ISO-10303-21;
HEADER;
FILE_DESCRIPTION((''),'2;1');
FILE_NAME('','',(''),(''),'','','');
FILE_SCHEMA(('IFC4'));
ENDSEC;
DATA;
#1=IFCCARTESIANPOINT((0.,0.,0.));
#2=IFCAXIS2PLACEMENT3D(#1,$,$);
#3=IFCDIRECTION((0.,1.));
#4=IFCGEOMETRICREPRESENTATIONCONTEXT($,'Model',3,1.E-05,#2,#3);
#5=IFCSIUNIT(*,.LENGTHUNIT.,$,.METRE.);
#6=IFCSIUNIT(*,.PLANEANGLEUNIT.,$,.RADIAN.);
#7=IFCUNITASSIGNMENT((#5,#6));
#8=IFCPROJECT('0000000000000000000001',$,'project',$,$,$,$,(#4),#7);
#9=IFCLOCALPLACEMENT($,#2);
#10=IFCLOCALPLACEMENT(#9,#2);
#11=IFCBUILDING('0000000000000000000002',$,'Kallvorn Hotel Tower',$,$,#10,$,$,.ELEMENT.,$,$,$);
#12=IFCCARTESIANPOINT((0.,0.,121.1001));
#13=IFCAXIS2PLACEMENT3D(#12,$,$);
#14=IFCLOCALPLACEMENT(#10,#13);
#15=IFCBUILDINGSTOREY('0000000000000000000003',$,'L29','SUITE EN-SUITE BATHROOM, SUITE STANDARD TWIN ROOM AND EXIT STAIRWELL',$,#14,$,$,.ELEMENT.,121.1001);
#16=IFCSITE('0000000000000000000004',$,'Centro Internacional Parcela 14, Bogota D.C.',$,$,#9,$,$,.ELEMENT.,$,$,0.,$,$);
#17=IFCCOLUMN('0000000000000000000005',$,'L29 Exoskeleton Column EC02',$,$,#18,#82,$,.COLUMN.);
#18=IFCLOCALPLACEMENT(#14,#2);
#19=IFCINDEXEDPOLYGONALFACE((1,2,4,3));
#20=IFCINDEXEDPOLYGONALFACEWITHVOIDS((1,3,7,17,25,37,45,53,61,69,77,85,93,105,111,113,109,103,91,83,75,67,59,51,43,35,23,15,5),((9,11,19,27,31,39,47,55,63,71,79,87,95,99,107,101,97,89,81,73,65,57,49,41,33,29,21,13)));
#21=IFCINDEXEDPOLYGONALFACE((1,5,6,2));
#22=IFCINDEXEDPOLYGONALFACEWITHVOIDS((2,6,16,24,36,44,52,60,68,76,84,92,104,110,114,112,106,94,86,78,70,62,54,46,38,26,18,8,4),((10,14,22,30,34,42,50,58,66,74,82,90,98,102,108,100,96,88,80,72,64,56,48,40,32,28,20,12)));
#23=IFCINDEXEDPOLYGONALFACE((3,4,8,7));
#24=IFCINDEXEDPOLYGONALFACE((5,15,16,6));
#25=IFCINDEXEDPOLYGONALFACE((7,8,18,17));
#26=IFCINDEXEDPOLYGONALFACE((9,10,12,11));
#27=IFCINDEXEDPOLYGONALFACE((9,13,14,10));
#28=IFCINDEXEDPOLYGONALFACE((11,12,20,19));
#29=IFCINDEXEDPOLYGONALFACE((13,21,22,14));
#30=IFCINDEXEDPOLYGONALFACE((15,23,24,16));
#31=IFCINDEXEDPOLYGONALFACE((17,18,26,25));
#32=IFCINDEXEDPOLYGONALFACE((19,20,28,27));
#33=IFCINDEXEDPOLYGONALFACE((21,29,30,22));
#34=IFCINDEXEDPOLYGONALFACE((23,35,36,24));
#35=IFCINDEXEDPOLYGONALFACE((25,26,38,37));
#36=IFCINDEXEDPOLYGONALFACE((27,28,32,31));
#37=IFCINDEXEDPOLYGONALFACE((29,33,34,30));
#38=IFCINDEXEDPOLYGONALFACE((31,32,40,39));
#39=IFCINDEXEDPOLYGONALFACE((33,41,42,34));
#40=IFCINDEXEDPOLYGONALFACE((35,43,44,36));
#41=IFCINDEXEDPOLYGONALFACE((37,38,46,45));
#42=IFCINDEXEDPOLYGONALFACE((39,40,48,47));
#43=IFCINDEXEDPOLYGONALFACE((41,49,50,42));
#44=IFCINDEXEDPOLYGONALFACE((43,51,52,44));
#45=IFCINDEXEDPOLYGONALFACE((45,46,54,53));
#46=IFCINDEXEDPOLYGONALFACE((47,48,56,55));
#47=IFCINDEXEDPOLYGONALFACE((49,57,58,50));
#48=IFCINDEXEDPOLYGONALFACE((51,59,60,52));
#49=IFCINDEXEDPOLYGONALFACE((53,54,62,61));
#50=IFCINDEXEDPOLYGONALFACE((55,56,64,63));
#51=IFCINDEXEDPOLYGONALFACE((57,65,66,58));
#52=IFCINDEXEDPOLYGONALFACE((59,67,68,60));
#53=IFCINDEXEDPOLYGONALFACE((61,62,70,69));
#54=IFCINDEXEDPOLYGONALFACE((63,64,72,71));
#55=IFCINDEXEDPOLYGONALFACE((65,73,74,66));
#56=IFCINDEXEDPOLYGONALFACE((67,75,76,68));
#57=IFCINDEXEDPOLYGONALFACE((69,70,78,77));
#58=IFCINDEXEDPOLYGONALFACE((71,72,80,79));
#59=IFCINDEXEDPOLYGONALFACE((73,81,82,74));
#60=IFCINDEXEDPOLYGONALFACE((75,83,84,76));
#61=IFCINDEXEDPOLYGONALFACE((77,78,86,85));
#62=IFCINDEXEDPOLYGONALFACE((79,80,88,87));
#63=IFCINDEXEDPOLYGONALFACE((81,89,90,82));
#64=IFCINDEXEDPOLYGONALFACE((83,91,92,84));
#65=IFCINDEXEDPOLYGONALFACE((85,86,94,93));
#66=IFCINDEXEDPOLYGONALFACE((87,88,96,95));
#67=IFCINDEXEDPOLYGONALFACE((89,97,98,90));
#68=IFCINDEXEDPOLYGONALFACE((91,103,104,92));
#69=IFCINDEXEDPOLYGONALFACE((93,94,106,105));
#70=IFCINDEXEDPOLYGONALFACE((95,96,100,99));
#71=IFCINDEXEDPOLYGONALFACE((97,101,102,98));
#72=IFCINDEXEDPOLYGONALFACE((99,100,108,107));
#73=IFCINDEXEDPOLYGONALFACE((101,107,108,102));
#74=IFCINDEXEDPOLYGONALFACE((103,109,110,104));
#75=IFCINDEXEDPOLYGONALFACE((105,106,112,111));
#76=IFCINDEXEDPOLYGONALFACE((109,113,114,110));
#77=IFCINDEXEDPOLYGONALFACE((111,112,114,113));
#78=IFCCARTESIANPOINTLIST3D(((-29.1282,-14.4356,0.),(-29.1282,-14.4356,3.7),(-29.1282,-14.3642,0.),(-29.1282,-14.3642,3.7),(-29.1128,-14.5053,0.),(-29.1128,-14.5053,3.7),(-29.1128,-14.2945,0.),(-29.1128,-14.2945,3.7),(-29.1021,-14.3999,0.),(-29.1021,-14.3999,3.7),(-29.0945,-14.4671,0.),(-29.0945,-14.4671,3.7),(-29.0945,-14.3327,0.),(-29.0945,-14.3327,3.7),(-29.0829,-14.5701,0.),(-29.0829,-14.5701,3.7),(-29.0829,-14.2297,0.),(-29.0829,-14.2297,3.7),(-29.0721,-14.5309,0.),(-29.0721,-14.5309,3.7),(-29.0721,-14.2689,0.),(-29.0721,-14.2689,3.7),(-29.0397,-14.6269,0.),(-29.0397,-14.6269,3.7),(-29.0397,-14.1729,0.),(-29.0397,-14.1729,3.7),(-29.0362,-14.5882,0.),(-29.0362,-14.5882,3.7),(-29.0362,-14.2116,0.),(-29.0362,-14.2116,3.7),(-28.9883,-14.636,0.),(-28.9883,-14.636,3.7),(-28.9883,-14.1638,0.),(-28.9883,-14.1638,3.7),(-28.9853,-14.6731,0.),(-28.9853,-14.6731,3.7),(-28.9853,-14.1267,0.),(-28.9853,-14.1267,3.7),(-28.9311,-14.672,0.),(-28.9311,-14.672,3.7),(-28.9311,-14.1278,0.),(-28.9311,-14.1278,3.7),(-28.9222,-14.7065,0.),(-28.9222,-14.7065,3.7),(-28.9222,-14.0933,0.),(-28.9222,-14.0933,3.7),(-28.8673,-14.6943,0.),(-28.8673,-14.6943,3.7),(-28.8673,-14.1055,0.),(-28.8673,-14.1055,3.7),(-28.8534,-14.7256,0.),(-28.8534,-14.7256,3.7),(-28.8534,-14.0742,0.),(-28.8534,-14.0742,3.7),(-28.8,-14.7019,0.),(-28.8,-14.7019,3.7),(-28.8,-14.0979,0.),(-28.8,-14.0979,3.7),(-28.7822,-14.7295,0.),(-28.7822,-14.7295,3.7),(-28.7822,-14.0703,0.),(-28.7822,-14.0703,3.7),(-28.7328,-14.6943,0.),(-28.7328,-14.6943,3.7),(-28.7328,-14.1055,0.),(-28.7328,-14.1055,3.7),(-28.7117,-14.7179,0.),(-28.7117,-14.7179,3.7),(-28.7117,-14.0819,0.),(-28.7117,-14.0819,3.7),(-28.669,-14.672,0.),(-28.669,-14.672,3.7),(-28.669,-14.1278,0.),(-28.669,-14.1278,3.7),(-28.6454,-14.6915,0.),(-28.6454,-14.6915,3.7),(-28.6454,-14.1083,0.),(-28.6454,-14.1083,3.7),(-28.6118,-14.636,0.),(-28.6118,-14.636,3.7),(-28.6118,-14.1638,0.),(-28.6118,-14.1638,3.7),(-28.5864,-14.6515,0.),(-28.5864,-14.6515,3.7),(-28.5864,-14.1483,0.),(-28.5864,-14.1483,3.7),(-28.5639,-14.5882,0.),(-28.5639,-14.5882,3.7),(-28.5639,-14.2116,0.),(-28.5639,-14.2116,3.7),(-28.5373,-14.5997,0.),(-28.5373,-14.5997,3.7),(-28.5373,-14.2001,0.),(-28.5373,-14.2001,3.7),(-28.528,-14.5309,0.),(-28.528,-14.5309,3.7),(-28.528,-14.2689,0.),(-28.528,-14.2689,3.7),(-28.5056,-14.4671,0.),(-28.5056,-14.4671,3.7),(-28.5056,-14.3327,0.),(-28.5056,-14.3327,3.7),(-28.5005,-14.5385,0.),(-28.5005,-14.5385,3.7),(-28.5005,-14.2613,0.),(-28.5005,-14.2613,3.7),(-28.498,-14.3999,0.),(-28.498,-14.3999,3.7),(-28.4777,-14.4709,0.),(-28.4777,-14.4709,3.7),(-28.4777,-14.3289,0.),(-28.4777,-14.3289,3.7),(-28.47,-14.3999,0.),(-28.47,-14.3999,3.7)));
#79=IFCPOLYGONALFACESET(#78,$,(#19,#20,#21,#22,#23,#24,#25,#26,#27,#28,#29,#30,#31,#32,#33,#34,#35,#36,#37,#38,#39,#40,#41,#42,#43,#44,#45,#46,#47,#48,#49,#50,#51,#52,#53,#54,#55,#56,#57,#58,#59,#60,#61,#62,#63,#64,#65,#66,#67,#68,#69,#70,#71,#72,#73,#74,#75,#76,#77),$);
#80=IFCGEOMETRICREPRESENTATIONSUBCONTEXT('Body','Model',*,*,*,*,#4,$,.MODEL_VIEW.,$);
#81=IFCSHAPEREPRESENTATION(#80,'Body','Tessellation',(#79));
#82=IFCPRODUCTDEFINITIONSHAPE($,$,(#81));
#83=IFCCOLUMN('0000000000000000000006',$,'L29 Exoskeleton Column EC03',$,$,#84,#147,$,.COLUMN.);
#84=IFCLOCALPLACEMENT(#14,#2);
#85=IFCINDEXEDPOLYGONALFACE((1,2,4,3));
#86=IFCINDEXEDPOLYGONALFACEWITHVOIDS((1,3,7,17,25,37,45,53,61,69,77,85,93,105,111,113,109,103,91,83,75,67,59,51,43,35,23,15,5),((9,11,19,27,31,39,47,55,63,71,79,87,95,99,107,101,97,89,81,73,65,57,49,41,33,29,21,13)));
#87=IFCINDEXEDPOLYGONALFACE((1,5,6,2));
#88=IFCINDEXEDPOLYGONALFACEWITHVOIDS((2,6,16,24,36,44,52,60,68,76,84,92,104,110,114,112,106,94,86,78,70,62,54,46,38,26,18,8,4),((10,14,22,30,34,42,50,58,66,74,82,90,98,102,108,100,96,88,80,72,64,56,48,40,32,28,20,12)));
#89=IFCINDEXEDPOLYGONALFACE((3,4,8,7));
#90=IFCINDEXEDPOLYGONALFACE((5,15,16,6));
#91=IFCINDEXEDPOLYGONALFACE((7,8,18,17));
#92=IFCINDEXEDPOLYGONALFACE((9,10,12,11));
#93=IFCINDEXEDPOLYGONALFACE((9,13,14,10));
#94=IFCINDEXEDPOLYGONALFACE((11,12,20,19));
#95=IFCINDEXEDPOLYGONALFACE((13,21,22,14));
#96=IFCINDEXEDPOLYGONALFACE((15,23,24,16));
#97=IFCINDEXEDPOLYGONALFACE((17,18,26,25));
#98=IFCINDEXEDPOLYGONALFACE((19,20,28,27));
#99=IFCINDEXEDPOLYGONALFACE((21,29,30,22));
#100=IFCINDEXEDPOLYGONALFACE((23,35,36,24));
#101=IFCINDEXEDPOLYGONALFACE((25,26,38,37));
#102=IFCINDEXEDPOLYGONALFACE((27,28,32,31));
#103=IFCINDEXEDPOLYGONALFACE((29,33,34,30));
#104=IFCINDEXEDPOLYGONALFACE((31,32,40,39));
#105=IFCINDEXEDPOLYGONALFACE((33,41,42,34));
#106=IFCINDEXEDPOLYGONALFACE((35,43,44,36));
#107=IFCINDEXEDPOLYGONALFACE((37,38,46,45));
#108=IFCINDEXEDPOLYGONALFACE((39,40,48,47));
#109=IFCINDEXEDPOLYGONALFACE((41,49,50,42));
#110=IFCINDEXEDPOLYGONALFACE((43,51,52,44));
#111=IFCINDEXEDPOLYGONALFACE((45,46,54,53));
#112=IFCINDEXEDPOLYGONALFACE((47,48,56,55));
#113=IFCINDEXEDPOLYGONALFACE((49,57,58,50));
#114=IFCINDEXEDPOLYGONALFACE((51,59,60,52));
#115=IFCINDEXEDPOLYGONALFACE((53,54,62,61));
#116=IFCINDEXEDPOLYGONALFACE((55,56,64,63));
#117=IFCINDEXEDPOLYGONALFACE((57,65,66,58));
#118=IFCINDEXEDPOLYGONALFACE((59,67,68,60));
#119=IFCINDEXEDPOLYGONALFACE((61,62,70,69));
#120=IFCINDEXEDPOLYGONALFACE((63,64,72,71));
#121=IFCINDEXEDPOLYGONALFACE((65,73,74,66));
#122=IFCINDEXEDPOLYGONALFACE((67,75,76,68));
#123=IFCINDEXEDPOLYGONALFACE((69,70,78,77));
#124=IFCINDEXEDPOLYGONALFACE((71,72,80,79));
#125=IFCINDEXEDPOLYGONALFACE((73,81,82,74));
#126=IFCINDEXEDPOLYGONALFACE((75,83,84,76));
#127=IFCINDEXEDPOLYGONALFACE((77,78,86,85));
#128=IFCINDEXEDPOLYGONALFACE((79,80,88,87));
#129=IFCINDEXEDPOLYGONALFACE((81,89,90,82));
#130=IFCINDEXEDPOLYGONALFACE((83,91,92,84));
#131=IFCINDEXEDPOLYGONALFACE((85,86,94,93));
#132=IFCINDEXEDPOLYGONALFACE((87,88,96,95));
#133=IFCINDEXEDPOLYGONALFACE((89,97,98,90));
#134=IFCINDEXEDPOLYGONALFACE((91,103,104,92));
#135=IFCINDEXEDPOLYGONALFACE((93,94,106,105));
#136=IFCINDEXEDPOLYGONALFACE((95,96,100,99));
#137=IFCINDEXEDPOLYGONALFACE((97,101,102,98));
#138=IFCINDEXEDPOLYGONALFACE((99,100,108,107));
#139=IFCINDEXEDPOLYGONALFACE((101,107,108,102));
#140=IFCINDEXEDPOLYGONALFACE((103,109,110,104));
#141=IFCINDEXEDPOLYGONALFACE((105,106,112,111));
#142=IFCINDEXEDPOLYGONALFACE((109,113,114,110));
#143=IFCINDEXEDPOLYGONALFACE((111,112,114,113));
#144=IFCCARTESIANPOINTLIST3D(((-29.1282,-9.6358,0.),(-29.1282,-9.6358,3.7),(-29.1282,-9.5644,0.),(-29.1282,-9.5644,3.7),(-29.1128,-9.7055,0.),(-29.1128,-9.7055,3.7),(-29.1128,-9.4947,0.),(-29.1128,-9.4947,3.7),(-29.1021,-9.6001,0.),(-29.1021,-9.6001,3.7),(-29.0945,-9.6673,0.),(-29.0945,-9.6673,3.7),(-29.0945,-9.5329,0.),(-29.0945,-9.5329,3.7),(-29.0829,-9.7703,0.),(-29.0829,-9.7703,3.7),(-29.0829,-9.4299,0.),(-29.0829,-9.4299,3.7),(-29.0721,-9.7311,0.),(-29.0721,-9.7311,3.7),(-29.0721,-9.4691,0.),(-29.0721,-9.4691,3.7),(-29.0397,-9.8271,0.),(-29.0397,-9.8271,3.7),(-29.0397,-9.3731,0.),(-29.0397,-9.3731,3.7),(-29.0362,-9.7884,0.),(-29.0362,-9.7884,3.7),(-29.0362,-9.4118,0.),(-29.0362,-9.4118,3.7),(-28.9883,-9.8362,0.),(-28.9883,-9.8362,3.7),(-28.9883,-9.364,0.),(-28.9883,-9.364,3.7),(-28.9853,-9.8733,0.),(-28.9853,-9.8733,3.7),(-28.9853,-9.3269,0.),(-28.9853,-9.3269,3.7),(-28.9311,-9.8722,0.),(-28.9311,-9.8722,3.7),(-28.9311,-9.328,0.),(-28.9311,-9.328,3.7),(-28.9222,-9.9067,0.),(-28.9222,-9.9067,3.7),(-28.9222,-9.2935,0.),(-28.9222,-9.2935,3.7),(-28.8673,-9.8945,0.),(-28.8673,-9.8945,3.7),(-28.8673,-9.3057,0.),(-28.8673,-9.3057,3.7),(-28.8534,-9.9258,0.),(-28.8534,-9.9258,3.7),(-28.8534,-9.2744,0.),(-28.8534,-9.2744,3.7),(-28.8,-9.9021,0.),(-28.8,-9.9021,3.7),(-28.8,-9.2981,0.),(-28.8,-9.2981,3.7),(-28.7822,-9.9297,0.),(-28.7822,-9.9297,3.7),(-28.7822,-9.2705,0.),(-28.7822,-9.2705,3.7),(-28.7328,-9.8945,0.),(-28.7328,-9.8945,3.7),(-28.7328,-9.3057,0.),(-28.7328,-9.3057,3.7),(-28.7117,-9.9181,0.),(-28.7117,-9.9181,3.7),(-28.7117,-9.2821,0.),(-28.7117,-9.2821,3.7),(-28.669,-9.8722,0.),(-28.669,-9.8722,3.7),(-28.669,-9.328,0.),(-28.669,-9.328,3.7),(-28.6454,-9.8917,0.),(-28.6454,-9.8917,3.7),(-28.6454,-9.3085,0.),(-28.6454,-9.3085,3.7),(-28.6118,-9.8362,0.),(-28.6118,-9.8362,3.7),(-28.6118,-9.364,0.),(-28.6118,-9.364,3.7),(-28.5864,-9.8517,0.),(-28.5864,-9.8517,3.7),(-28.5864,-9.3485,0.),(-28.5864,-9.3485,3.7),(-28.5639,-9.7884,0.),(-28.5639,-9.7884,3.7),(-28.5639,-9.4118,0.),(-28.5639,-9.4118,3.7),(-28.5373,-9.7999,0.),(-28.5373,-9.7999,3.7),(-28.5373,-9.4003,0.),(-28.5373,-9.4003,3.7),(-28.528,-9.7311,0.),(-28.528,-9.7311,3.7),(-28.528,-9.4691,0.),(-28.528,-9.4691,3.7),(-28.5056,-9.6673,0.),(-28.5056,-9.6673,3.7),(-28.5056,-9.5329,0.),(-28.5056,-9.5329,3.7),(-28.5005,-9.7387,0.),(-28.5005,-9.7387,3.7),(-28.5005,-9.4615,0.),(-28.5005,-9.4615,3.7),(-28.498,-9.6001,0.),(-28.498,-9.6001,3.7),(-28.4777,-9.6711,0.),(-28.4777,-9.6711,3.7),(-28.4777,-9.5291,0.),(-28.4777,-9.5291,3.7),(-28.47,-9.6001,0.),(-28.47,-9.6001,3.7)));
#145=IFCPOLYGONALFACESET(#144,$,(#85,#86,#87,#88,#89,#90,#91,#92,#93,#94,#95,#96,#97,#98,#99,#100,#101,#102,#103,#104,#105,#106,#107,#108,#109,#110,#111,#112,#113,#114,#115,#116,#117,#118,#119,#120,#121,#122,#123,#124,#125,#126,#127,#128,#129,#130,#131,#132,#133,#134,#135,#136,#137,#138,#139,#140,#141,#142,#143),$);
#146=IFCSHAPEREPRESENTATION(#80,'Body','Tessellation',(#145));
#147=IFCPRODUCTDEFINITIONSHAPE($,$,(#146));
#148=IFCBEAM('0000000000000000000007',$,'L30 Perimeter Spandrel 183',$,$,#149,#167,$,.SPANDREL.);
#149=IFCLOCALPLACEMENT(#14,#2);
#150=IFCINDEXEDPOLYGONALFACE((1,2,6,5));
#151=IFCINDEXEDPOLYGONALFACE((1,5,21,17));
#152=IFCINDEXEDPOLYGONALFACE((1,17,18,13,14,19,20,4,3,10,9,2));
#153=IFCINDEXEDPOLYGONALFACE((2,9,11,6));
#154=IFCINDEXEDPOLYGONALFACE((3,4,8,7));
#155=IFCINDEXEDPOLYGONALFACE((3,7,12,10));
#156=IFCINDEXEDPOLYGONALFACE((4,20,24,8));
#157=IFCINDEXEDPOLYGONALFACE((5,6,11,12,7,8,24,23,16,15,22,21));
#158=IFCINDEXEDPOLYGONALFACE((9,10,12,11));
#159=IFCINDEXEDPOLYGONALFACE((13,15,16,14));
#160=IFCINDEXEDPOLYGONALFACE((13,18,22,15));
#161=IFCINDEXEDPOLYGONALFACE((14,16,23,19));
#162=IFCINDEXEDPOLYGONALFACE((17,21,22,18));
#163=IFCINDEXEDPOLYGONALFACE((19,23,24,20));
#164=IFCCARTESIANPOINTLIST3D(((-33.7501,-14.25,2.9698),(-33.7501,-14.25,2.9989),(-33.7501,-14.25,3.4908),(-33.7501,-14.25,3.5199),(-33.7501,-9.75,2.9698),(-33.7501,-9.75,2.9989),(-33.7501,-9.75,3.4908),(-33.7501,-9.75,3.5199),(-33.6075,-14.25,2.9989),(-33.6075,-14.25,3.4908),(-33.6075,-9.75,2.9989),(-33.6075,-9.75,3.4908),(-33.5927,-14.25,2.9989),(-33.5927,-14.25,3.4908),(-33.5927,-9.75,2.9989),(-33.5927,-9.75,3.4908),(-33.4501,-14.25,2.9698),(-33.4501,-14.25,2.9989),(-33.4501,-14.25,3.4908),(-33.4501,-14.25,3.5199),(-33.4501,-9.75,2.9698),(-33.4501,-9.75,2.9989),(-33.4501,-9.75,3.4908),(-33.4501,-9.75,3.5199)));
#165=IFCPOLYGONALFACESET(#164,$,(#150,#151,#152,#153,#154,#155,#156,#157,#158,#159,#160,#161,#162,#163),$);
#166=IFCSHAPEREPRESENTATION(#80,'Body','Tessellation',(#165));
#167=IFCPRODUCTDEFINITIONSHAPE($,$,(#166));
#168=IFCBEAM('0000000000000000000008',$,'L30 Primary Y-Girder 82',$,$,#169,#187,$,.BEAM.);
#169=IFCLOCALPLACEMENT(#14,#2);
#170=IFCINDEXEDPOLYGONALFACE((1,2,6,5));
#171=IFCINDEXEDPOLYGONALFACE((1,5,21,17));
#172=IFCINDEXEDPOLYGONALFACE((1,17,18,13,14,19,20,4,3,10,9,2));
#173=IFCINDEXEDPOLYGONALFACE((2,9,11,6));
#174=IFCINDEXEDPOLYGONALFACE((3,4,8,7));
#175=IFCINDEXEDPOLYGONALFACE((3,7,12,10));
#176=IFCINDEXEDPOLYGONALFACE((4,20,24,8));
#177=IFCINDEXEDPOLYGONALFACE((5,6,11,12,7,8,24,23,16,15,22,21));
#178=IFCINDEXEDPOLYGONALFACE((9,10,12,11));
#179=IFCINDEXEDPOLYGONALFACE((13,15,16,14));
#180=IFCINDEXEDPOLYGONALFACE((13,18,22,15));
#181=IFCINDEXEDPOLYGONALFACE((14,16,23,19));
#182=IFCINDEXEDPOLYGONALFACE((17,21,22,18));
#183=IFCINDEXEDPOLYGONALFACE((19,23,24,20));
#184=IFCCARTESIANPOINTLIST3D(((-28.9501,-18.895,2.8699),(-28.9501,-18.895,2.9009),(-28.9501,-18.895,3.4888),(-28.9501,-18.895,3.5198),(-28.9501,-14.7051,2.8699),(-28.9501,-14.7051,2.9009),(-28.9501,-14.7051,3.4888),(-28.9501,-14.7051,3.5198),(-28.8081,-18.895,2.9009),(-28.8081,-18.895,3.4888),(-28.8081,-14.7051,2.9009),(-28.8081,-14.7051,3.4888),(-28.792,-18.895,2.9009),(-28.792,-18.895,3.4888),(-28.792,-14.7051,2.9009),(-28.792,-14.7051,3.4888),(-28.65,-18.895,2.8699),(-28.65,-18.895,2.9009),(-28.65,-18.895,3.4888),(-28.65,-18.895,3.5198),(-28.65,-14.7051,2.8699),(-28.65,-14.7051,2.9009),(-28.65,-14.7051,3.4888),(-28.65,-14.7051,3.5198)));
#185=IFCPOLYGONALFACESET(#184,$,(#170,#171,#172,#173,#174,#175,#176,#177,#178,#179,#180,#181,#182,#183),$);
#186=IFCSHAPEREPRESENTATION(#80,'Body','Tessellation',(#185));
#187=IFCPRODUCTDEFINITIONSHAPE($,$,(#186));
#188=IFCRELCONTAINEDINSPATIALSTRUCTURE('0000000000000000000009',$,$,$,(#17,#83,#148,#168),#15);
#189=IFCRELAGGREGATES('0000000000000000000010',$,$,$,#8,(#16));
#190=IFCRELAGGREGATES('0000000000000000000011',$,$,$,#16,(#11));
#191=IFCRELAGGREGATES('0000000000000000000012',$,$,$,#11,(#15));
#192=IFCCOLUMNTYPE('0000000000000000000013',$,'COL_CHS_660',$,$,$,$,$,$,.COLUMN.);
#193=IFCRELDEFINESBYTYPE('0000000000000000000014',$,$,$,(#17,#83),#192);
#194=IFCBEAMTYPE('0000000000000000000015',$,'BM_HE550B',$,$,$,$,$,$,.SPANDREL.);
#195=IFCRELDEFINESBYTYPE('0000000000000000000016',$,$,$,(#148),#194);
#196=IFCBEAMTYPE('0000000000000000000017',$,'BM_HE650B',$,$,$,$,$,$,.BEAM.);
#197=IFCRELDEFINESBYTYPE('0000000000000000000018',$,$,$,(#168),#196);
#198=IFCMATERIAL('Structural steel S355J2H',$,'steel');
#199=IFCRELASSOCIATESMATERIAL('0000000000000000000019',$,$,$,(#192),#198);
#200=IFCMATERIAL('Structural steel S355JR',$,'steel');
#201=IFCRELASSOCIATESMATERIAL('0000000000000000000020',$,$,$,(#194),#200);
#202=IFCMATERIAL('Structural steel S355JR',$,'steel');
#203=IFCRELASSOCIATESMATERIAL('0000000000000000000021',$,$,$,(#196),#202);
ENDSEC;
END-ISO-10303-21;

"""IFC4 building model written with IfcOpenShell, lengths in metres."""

from ifc_helpers import new_model, si_unit, direction, frame, origin, origin_2d, place, context, subcontext, project, spatial, hollow_circle, i_section, extrude, material, material_profile, profile_set, type_object, element, save


model = new_model("IFC4")

# Units and contexts
model_context = context("Model", 3, precision=1e-05, world=origin(), true_north=direction((0.0, 1.0)))
body_context = subcontext(model_context, "Body", "Model", "MODEL_VIEW")
ifc_project = project(units=[si_unit("LENGTHUNIT", "METRE"), si_unit("PLANEANGLEUNIT", "RADIAN")], contexts=[model_context])

# Site, building, storey
site_placement = place(None, origin())
site = spatial("IfcSite", under=ifc_project, at=site_placement, Name="Centro Internacional Parcela 14, Bogota D.C.", CompositionType="ELEMENT", RefElevation=0.0)
building_placement = place(site_placement, origin())
building = spatial("IfcBuilding", under=site, at=building_placement, Name="Kallvorn Hotel Tower", CompositionType="ELEMENT")
storey_placement = place(building_placement, frame((0.0, 0.0, 121.1001)))
storey = spatial("IfcBuildingStorey", under=building, at=storey_placement, Name="L29", Description="SUITE EN-SUITE BATHROOM, SUITE STANDARD TWIN ROOM AND EXIT STAIRWELL", CompositionType="ELEMENT", Elevation=121.1001)

# Columns
ifc_material_1 = material(Name="Structural steel S355J2H", Category="steel")
ifc_material_profile_1 = material_profile(ifc_material_1, hollow_circle(Radius=0.3301, WallThickness=0.0281, at=origin_2d()), Name="CHS 660x28")
ifc_profile_set_1 = profile_set([ifc_material_profile_1], Name="Structural steel S355J2H")
column_type_1 = type_object("IfcColumnType", Name="COL_CHS_660", PredefinedType="COLUMN", material=ifc_profile_set_1)
for number, where, z_axis, x_axis, name in (
    (1, (-28.8, -14.3999, 0.0), (0.0, 0.0, 1.0), (1.0, 0.0, 0.0), "L29 Exoskeleton Column EC02"),
    (2, (-28.8, -9.6001, 0.0), (0.0, 0.0, 1.0), (1.0, 0.0, 0.0), "L29 Exoskeleton Column EC03"),
):
    element("IfcColumn", number, at=place(storey_placement, frame(where, z_axis=z_axis, x_axis=x_axis)), inside=storey, type_object=column_type_1, Name=name, PredefinedType="COLUMN", context=body_context, shape_type="SweptSolid", body=[
        extrude(hollow_circle(Radius=0.3301, WallThickness=0.0281, at=origin_2d()), origin(), (0.0, 0.0, 1.0), 3.7),
    ])

# Beams
ifc_material_2 = material(Name="Structural steel S355JR", Category="steel")
ifc_material_profile_2 = material_profile(ifc_material_2, i_section(OverallWidth=0.3, OverallDepth=0.55, WebThickness=0.0149, FlangeThickness=0.0291, at=origin_2d()), Name="HE 550 B")
ifc_profile_set_2 = profile_set([ifc_material_profile_2], Name="Structural steel S355JR")
beam_type_1 = type_object("IfcBeamType", Name="BM_HE550B", PredefinedType="SPANDREL", material=ifc_profile_set_2)
beam_1_placement = place(storey_placement, frame((-33.6001, -14.25, 3.2449), z_axis=(0.0, 1.0, 0.0), x_axis=(-1.0, 0.0, 0.0)))
element("IfcBeam", 3, at=beam_1_placement, inside=storey, type_object=beam_type_1, Name="L30 Perimeter Spandrel 183", PredefinedType="SPANDREL", context=body_context, shape_type="SweptSolid", body=[
    extrude(i_section(OverallWidth=0.3, OverallDepth=0.55, WebThickness=0.0149, FlangeThickness=0.0291, at=origin_2d()), origin(), (0.0, 0.0, 1.0), 4.5),
])
ifc_material_3 = material(Name="Structural steel S355JR", Category="steel")
ifc_material_profile_3 = material_profile(ifc_material_3, i_section(OverallWidth=0.3, OverallDepth=0.6499, WebThickness=0.0161, FlangeThickness=0.031, at=origin_2d()), Name="HE 650 B")
ifc_profile_set_3 = profile_set([ifc_material_profile_3], Name="Structural steel S355JR")
beam_type_2 = type_object("IfcBeamType", Name="BM_HE650B", PredefinedType="BEAM", material=ifc_profile_set_3)
for number, where, z_axis, x_axis, name in (
    (4, (-28.8, -18.895, 3.1948), (0.0, 1.0, 0.0), (-1.0, 0.0, 0.0), "L30 Primary Y-Girder 82"),
):
    element("IfcBeam", number, at=place(storey_placement, frame(where, z_axis=z_axis, x_axis=x_axis)), inside=storey, type_object=beam_type_2, Name=name, PredefinedType="BEAM", context=body_context, shape_type="SweptSolid", body=[
        extrude(i_section(OverallWidth=0.3, OverallDepth=0.6499, WebThickness=0.0161, FlangeThickness=0.031, at=origin_2d()), origin(), (0.0, 0.0, 1.0), 4.1899),
    ])

save(model, "model.ifc")
